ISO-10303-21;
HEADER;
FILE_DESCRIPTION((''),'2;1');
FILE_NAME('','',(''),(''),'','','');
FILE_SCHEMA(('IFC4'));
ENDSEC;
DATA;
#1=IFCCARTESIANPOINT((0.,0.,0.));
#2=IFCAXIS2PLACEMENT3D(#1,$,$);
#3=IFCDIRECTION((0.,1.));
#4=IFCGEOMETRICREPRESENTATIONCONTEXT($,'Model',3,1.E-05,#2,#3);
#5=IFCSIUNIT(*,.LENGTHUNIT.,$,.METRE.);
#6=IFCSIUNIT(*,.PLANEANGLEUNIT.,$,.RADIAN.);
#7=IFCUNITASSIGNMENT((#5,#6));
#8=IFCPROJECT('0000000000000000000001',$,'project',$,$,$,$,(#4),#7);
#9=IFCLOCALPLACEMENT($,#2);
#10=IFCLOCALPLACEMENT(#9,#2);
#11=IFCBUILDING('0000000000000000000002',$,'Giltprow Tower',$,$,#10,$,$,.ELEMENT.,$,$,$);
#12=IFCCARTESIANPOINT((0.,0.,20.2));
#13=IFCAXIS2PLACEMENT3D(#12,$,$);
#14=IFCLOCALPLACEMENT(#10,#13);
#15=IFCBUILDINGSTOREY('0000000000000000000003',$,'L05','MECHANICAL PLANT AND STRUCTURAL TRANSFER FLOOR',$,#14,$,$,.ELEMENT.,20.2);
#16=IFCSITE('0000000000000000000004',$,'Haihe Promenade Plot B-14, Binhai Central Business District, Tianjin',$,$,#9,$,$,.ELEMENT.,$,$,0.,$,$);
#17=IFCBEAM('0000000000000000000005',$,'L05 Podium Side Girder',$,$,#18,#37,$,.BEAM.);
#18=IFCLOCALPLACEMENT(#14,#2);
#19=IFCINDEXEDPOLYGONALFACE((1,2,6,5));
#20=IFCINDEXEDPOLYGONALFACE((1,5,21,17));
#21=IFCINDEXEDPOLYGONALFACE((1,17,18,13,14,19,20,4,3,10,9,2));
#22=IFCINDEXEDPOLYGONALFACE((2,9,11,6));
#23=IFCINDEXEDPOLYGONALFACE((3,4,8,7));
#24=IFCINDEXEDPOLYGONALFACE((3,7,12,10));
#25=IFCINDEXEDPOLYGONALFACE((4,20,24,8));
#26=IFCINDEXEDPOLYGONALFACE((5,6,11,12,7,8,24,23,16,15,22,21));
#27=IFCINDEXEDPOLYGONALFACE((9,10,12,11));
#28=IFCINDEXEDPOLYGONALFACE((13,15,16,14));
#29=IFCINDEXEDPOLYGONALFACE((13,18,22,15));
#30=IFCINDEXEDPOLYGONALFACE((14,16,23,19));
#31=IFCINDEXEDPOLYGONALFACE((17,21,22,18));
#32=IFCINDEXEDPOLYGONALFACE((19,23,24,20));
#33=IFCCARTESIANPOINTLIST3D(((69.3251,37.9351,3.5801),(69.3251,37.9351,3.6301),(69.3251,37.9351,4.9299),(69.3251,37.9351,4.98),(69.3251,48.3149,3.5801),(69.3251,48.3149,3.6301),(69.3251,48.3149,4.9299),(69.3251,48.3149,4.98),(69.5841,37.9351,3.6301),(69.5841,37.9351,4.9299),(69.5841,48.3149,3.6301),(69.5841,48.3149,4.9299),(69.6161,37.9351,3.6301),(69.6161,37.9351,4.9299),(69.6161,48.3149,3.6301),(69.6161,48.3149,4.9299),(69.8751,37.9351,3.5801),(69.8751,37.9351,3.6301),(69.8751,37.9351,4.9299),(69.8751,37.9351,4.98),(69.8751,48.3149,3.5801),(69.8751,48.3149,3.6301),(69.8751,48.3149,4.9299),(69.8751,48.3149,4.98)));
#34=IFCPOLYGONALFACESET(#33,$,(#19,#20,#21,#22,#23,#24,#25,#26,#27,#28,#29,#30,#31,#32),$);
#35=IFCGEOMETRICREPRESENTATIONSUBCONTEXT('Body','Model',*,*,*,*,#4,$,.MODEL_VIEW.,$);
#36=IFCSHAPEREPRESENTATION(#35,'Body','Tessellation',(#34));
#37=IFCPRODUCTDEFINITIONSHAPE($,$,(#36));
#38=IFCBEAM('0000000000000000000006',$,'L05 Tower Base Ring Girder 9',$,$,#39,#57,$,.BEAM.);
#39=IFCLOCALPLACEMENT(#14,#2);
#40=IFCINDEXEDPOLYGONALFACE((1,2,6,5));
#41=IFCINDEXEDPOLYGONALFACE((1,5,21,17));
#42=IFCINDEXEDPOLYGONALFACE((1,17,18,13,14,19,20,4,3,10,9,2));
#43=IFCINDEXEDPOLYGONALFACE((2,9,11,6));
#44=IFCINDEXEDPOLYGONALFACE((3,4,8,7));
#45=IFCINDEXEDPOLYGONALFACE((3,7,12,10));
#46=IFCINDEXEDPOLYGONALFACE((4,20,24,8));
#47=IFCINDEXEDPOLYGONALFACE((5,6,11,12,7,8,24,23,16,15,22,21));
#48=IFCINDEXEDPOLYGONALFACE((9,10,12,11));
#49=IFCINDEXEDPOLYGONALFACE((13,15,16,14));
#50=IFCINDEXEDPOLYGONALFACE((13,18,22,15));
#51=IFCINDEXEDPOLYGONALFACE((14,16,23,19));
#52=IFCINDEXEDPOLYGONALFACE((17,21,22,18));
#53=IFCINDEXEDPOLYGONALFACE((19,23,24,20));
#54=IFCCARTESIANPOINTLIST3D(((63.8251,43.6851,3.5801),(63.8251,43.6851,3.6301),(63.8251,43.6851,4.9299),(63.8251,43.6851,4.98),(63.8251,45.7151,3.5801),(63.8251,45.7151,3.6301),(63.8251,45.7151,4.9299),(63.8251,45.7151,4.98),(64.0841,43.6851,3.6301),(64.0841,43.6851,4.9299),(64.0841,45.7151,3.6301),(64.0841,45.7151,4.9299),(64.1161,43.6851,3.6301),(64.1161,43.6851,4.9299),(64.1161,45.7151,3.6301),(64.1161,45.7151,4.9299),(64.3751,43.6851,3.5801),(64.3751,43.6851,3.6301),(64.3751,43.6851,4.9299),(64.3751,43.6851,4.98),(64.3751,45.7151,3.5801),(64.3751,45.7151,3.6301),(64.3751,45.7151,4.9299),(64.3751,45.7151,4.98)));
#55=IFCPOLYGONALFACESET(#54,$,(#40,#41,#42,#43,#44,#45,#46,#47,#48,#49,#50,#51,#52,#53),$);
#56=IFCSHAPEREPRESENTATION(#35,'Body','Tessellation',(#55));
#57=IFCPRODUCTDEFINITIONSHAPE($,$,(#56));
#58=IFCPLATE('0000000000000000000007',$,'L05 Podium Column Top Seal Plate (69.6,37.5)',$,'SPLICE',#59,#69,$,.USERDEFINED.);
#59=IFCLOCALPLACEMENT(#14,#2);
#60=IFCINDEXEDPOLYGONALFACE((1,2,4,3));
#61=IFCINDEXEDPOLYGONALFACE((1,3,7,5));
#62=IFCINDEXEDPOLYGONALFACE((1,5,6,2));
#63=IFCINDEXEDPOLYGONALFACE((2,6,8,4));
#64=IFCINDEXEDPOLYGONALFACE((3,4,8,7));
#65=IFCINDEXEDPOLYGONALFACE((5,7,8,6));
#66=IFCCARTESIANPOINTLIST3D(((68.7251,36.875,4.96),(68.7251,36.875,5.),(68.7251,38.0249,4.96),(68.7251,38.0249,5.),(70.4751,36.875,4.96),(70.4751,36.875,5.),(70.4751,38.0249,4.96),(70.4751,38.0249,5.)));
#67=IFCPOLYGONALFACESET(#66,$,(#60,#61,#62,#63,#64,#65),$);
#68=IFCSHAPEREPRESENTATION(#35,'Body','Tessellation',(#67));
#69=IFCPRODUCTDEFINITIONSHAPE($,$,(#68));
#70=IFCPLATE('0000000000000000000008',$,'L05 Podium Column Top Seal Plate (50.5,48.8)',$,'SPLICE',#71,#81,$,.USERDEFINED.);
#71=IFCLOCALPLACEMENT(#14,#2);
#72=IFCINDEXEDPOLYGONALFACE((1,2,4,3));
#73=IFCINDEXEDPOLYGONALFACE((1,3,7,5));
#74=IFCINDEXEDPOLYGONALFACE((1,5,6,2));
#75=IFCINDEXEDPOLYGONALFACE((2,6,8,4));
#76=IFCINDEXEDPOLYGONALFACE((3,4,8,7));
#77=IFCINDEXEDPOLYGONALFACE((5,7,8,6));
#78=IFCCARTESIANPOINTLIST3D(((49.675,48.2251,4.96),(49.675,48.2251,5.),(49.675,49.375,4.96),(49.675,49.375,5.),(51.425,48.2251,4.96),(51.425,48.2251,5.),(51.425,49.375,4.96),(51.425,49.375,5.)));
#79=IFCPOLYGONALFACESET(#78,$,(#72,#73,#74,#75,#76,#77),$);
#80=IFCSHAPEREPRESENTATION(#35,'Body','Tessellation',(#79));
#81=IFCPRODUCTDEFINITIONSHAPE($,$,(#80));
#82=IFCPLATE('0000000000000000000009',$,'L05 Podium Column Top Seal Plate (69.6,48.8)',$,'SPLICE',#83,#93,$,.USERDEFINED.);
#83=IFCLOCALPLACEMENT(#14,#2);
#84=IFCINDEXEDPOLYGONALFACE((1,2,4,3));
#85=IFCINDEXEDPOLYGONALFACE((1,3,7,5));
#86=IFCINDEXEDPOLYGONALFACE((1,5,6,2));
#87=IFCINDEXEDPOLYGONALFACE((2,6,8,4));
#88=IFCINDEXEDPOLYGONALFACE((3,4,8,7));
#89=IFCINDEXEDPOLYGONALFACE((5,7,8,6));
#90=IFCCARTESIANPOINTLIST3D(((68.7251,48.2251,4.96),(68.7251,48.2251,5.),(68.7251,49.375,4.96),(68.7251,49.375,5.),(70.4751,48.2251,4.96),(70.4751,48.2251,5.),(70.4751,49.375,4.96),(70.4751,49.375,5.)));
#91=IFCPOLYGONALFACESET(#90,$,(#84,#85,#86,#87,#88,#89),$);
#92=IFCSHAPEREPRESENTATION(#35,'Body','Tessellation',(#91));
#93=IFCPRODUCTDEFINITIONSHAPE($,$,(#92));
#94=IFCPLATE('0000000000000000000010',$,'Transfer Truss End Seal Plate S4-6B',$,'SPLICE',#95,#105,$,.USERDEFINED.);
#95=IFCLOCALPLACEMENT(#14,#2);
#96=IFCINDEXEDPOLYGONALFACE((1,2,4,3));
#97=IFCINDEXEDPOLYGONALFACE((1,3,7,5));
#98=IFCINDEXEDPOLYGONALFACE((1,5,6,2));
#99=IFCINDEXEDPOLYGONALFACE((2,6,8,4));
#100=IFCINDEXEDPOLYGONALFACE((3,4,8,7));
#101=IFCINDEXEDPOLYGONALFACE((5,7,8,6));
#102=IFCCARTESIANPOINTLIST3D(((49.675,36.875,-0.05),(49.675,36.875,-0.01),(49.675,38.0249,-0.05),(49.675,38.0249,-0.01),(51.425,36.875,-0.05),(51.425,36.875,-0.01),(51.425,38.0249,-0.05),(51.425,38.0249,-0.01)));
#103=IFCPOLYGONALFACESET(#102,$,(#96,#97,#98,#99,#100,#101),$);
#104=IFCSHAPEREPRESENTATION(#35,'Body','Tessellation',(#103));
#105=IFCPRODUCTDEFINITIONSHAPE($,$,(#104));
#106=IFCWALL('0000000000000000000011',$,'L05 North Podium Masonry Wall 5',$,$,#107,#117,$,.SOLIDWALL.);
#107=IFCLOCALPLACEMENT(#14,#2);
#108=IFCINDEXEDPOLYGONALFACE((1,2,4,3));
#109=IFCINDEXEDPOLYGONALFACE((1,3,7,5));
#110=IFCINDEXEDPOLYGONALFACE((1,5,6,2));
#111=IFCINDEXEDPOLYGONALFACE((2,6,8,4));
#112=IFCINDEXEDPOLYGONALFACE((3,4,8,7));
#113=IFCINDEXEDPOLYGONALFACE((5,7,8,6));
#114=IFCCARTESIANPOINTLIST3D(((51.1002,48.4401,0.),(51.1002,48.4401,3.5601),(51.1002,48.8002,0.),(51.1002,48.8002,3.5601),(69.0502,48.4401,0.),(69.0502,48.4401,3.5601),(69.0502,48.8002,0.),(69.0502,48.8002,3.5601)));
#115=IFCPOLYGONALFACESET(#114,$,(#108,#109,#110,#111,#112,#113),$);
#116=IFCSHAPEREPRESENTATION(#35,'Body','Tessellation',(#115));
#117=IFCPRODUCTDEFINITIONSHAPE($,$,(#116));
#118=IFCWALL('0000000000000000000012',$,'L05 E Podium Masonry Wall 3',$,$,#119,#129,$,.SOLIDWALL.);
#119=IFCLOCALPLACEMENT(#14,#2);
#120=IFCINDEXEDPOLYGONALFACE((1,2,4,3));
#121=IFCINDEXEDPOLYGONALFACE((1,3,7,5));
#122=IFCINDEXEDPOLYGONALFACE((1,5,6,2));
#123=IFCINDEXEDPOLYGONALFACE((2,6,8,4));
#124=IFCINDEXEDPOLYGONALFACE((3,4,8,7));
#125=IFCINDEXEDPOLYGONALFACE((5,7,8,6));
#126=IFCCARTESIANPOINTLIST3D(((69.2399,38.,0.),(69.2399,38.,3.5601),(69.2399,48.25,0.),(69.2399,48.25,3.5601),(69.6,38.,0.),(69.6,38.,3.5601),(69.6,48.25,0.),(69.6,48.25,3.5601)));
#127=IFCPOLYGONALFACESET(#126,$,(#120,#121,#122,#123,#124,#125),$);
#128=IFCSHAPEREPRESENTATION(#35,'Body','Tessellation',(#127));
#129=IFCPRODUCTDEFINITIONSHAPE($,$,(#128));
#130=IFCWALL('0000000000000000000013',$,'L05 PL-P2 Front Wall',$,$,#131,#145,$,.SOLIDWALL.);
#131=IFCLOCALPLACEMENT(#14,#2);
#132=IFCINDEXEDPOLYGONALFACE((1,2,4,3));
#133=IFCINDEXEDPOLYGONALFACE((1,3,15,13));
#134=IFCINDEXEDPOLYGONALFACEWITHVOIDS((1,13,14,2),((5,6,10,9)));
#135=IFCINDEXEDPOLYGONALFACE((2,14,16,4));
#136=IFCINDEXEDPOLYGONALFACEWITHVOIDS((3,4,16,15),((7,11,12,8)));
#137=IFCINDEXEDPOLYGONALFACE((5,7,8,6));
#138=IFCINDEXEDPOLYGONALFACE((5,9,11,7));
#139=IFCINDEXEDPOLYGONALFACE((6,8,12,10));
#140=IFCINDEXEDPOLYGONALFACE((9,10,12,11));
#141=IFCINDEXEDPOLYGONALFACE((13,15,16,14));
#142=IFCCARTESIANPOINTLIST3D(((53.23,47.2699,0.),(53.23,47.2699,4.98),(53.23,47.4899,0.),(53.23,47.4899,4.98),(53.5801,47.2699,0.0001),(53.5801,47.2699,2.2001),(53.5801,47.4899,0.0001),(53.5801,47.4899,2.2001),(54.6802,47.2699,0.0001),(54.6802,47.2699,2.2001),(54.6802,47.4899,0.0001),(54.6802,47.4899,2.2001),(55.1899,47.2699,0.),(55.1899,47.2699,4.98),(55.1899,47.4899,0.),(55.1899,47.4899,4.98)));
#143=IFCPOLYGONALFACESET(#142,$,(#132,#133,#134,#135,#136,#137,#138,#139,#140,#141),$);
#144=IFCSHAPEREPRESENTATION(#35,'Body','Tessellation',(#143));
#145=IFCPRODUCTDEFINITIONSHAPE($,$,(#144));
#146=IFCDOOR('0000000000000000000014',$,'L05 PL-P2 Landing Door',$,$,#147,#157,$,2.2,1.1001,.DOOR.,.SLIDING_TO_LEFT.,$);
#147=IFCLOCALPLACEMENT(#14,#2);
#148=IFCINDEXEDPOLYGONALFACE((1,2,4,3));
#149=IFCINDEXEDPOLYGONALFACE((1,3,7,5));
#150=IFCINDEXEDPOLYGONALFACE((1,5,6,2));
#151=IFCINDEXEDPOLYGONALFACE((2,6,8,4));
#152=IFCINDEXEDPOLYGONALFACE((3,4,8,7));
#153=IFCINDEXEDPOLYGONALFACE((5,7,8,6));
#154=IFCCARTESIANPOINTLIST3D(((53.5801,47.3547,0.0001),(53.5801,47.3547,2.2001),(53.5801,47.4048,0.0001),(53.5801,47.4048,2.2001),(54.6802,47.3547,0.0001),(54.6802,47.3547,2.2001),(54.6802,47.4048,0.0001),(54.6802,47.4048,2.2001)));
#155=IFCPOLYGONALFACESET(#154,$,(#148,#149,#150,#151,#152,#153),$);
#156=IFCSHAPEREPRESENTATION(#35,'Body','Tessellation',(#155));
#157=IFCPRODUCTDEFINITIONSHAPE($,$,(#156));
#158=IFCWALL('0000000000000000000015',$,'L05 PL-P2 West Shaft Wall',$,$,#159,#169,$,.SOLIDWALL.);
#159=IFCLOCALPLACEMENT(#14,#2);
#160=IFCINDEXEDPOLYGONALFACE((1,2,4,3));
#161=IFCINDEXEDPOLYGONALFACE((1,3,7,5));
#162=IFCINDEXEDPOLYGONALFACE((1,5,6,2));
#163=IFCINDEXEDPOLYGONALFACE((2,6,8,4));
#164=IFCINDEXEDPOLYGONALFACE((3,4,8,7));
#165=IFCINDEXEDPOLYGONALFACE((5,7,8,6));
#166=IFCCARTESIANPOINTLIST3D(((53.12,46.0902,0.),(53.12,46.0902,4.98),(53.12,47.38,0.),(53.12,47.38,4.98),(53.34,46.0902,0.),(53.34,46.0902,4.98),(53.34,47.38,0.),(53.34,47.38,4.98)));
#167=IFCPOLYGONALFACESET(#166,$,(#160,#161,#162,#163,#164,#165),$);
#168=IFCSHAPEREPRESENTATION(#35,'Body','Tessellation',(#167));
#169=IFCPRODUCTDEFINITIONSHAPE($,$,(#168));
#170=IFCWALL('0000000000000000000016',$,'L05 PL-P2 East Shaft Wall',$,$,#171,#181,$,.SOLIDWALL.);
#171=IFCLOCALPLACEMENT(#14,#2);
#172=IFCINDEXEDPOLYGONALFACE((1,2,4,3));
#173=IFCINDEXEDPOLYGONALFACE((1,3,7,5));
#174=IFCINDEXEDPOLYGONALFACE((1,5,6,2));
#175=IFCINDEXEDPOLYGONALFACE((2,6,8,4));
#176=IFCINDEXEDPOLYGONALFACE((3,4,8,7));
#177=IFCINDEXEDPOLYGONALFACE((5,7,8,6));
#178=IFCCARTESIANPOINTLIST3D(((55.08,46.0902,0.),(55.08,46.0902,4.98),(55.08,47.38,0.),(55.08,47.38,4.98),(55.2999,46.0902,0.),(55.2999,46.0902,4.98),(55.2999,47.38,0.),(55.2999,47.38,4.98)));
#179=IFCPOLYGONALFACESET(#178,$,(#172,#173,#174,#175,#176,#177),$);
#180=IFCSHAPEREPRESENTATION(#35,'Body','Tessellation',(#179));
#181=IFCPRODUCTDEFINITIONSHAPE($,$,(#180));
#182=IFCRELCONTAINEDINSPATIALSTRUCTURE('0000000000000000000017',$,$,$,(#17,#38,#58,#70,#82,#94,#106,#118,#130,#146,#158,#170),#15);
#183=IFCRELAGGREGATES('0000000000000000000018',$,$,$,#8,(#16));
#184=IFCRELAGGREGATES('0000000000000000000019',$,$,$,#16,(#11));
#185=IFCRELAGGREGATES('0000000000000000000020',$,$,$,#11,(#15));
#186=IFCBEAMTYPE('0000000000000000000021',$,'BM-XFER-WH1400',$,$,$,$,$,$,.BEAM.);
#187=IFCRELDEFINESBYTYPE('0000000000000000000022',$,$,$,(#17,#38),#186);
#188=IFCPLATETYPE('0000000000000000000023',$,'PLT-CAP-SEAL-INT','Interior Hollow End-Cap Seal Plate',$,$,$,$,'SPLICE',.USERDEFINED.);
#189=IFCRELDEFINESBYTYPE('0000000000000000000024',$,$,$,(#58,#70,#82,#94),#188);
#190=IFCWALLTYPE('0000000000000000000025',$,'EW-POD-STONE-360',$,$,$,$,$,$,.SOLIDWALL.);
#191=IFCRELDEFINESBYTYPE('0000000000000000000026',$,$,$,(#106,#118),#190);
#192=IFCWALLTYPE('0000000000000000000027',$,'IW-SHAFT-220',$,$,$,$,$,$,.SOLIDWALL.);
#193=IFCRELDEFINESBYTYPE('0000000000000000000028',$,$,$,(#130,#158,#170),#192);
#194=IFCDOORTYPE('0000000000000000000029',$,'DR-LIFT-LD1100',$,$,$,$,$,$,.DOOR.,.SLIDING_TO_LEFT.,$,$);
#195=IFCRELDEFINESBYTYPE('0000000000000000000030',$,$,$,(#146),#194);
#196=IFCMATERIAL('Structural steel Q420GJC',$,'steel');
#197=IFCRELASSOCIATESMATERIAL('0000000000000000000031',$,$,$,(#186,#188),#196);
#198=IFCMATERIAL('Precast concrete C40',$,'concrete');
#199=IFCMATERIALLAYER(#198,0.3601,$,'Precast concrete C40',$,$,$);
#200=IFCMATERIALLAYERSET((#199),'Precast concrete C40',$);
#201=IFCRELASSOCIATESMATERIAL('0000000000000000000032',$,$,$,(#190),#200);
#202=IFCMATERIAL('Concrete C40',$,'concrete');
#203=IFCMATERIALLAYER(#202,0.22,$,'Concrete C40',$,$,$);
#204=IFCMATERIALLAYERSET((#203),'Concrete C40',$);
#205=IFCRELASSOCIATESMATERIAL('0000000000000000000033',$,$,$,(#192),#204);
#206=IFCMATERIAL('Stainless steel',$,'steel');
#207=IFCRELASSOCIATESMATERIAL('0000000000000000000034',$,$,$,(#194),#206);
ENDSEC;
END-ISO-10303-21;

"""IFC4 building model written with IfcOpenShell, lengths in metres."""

from ifc_helpers import new_model, si_unit, direction, frame, frame_2d, origin, origin_2d, place, context, subcontext, project, spatial, rectangle, i_section, extrude, source, transform, mapped, material, layer, layer_set, material_profile, profile_set, type_object, element, fill, save


model = new_model("IFC4")

# Units and contexts
model_context = context("Model", 3, precision=1e-05, world=origin(), true_north=direction((0.0, 1.0)))
body_context = subcontext(model_context, "Body", "Model", "MODEL_VIEW")
ifc_project = project(units=[si_unit("LENGTHUNIT", "METRE"), si_unit("PLANEANGLEUNIT", "RADIAN")], contexts=[model_context])

# Site, building, storey
site_placement = place(None, origin())
site = spatial("IfcSite", under=ifc_project, at=site_placement, Name="Haihe Promenade Plot B-14, Binhai Central Business District, Tianjin", CompositionType="ELEMENT", RefElevation=0.0)
building_placement = place(site_placement, origin())
building = spatial("IfcBuilding", under=site, at=building_placement, Name="Giltprow Tower", CompositionType="ELEMENT")
storey_placement = place(building_placement, frame((0.0, 0.0, 20.2)))
storey = spatial("IfcBuildingStorey", under=building, at=storey_placement, Name="L05", Description="MECHANICAL PLANT AND STRUCTURAL TRANSFER FLOOR", CompositionType="ELEMENT", Elevation=20.2)

# Shared definitions
ifc_material_1 = material(Name="Structural steel Q420GJC", Category="steel")

# Beams
ifc_material_profile_1 = material_profile(ifc_material_1, i_section(OverallWidth=0.55, OverallDepth=1.3999, WebThickness=0.032, FlangeThickness=0.05, at=origin_2d()), Name="WH 1400x550x32x50")
ifc_profile_set_1 = profile_set([ifc_material_profile_1], Name="Structural steel Q420GJC")
beam_type_1 = type_object("IfcBeamType", Name="BM-XFER-WH1400", PredefinedType="BEAM", material=ifc_profile_set_1)
shared_shape_1 = source(origin(), body_context, "Body", "SweptSolid", [
    extrude(i_section(OverallWidth=0.55, OverallDepth=1.3999, WebThickness=0.032, FlangeThickness=0.05, at=origin_2d()), origin(), (0.0, 0.0, 1.0), 10.3799),
])
beam_1_placement = place(storey_placement, frame((69.6001, 37.9351, 4.28), z_axis=(0.0, 1.0, 0.0), x_axis=(-1.0, 0.0, 0.0)))
element("IfcBeam", 1, at=beam_1_placement, inside=storey, type_object=beam_type_1, Name="L05 Podium Side Girder", PredefinedType="BEAM", context=body_context, shape_type="MappedRepresentation", body=[
    mapped(shared_shape_1, transform((0.0, 0.0, 0.0), x_axis=(1.0, 0.0, 0.0), y_axis=(0.0, 1.0, 0.0), z_axis=(0.0, 0.0, 1.0), scale=1.0)),
])
shared_shape_2 = source(origin(), body_context, "Body", "SweptSolid", [
    extrude(i_section(OverallWidth=0.55, OverallDepth=1.3999, WebThickness=0.032, FlangeThickness=0.05, at=origin_2d()), origin(), (0.0, 0.0, 1.0), 2.03),
])
beam_2_placement = place(storey_placement, frame((64.1001, 43.6851, 4.28), z_axis=(0.0, 1.0, 0.0), x_axis=(-1.0, 0.0, 0.0)))
element("IfcBeam", 2, at=beam_2_placement, inside=storey, type_object=beam_type_1, Name="L05 Tower Base Ring Girder 9", PredefinedType="BEAM", context=body_context, shape_type="MappedRepresentation", body=[
    mapped(shared_shape_2, transform((0.0, 0.0, 0.0), x_axis=(1.0, 0.0, 0.0), y_axis=(0.0, 1.0, 0.0), z_axis=(0.0, 0.0, 1.0), scale=1.0)),
])

# Plates
plate_type = type_object("IfcPlateType", Name="PLT-CAP-SEAL-INT", Description="Interior Hollow End-Cap Seal Plate", ElementType="SPLICE", PredefinedType="USERDEFINED", material=ifc_material_1)
shared_shape_3 = source(origin(), body_context, "Body", "SweptSolid", [
    extrude(rectangle(XDim=1.75, YDim=1.1499, at=origin_2d()), origin(), (0.0, 0.0, 1.0), 0.04),
])
for number, where, z_axis, x_axis, name in (
    (3, (69.6001, 37.45, 4.96), (0.0, 0.0, 1.0), (1.0, 0.0, 0.0), "L05 Podium Column Top Seal Plate (69.6,37.5)"),
    (4, (50.55, 48.8, 4.96), (0.0, 0.0, 1.0), (1.0, 0.0, 0.0), "L05 Podium Column Top Seal Plate (50.5,48.8)"),
    (5, (69.6001, 48.8, 4.96), (0.0, 0.0, 1.0), (1.0, 0.0, 0.0), "L05 Podium Column Top Seal Plate (69.6,48.8)"),
    (6, (50.55, 37.45, -0.05), (0.0, 0.0, 1.0), (1.0, 0.0, 0.0), "Transfer Truss End Seal Plate S4-6B"),
):
    element("IfcPlate", number, at=place(storey_placement, frame(where, z_axis=z_axis, x_axis=x_axis)), inside=storey, type_object=plate_type, Name=name, ObjectType="SPLICE", PredefinedType="USERDEFINED", context=body_context, shape_type="MappedRepresentation", body=[
        mapped(shared_shape_3, transform((0.0, 0.0, 0.0), x_axis=(1.0, 0.0, 0.0), y_axis=(0.0, 1.0, 0.0), z_axis=(0.0, 0.0, 1.0), scale=1.0)),
    ])

# Walls
ifc_material_2 = material(Name="Precast concrete C40", Category="concrete")
ifc_layer_1 = layer(ifc_material_2, 0.3601, Name="Precast concrete C40")
ifc_layer_set_1 = layer_set([ifc_layer_1], Name="Precast concrete C40")
wall_type_1 = type_object("IfcWallType", Name="EW-POD-STONE-360", PredefinedType="SOLIDWALL", material=ifc_layer_set_1)
wall_1_placement = place(storey_placement, frame((51.1001, 48.6201, 0.0), z_axis=(0.0, 0.0, 1.0), x_axis=(1.0, 0.0, 0.0)))
element("IfcWall", 7, at=wall_1_placement, inside=storey, type_object=wall_type_1, Name="L05 North Podium Masonry Wall 5", PredefinedType="SOLIDWALL", context=body_context, shape_type="SweptSolid", body=[
    extrude(rectangle(XDim=17.95, YDim=0.3601, at=frame_2d((8.9751, 0.0))), origin(), (0.0, 0.0, 1.0), 3.5601),
])
wall_2_placement = place(storey_placement, frame((69.4199, 38.0, 0.0), z_axis=(0.0, 0.0, 1.0), x_axis=(0.0, 1.0, 0.0)))
element("IfcWall", 8, at=wall_2_placement, inside=storey, type_object=wall_type_1, Name="L05 E Podium Masonry Wall 3", PredefinedType="SOLIDWALL", context=body_context, shape_type="SweptSolid", body=[
    extrude(rectangle(XDim=10.25, YDim=0.3601, at=frame_2d((5.125, 0.0))), origin(), (0.0, 0.0, 1.0), 3.5601),
])

# Wall, opening, door
ifc_material_3 = material(Name="Concrete C40", Category="concrete")
ifc_layer_2 = layer(ifc_material_3, 0.22, Name="Concrete C40")
ifc_layer_set_2 = layer_set([ifc_layer_2], Name="Concrete C40")
wall_type_2 = type_object("IfcWallType", Name="IW-SHAFT-220", PredefinedType="SOLIDWALL", material=ifc_layer_set_2)
wall_3_placement = place(storey_placement, frame((53.23, 47.3799, 0.0), z_axis=(0.0, 0.0, 1.0), x_axis=(1.0, 0.0, 0.0)))
wall_3 = element("IfcWall", 9, at=wall_3_placement, inside=storey, type_object=wall_type_2, Name="L05 PL-P2 Front Wall", PredefinedType="SOLIDWALL", context=body_context, shape_type="SweptSolid", body=[
    extrude(rectangle(XDim=1.96, YDim=0.22, at=frame_2d((0.98, 0.0))), origin(), (0.0, 0.0, 1.0), 4.98),
])
opening_1_placement = place(wall_3_placement, frame((0.3501, 0.0, 0.0)))
opening_1 = element("IfcOpeningElement", 10, at=opening_1_placement, cuts=wall_3, PredefinedType="OPENING", context=body_context, shape_type="SweptSolid", body=[
    extrude(rectangle(XDim=1.1001, YDim=2.2, at=frame_2d((0.55, 1.1001))), frame((0.0, 0.1199, 0.0), z_axis=(0.0, -1.0, 0.0), x_axis=(1.0, 0.0, 0.0)), (0.0, 0.0, 1.0), 0.24),
])
ifc_material_4 = material(Name="Stainless steel", Category="steel")
door_type_1 = type_object("IfcDoorType", Name="DR-LIFT-LD1100", OperationType="SLIDING_TO_LEFT", PredefinedType="DOOR", material=ifc_material_4)
shared_shape_4 = source(origin(), body_context, "Body", "SweptSolid", [
    extrude(rectangle(XDim=1.1001, YDim=2.2, at=frame_2d((0.55, 1.1001))), frame((0.0, 0.0249, 0.0), z_axis=(0.0, -1.0, 0.0), x_axis=(1.0, 0.0, 0.0)), (0.0, 0.0, 1.0), 0.05),
])
door_1_placement = place(opening_1_placement, origin())
door_1 = element("IfcDoor", 11, at=door_1_placement, inside=storey, type_object=door_type_1, Name="L05 PL-P2 Landing Door", OperationType="SLIDING_TO_LEFT", OverallHeight=2.2, OverallWidth=1.1001, PredefinedType="DOOR", context=body_context, shape_type="MappedRepresentation", body=[
    mapped(shared_shape_4, transform((0.0, 0.0, 0.0), x_axis=(1.0, 0.0, 0.0), y_axis=(0.0, 1.0, 0.0), z_axis=(0.0, 0.0, 1.0), scale=1.0)),
])
fill(opening_1, door_1)

# Walls
for number, where, z_axis, x_axis, name in (
    (12, (53.23, 46.0901, 0.0), (0.0, 0.0, 1.0), (0.0, 1.0, 0.0), "L05 PL-P2 West Shaft Wall"),
    (13, (55.1899, 46.0901, 0.0), (0.0, 0.0, 1.0), (0.0, 1.0, 0.0), "L05 PL-P2 East Shaft Wall"),
):
    element("IfcWall", number, at=place(storey_placement, frame(where, z_axis=z_axis, x_axis=x_axis)), inside=storey, type_object=wall_type_2, Name=name, PredefinedType="SOLIDWALL", context=body_context, shape_type="SweptSolid", body=[
        extrude(rectangle(XDim=1.2898, YDim=0.22, at=frame_2d((0.645, 0.0))), origin(), (0.0, 0.0, 1.0), 4.98),
    ])

save(model, "model.ifc")
